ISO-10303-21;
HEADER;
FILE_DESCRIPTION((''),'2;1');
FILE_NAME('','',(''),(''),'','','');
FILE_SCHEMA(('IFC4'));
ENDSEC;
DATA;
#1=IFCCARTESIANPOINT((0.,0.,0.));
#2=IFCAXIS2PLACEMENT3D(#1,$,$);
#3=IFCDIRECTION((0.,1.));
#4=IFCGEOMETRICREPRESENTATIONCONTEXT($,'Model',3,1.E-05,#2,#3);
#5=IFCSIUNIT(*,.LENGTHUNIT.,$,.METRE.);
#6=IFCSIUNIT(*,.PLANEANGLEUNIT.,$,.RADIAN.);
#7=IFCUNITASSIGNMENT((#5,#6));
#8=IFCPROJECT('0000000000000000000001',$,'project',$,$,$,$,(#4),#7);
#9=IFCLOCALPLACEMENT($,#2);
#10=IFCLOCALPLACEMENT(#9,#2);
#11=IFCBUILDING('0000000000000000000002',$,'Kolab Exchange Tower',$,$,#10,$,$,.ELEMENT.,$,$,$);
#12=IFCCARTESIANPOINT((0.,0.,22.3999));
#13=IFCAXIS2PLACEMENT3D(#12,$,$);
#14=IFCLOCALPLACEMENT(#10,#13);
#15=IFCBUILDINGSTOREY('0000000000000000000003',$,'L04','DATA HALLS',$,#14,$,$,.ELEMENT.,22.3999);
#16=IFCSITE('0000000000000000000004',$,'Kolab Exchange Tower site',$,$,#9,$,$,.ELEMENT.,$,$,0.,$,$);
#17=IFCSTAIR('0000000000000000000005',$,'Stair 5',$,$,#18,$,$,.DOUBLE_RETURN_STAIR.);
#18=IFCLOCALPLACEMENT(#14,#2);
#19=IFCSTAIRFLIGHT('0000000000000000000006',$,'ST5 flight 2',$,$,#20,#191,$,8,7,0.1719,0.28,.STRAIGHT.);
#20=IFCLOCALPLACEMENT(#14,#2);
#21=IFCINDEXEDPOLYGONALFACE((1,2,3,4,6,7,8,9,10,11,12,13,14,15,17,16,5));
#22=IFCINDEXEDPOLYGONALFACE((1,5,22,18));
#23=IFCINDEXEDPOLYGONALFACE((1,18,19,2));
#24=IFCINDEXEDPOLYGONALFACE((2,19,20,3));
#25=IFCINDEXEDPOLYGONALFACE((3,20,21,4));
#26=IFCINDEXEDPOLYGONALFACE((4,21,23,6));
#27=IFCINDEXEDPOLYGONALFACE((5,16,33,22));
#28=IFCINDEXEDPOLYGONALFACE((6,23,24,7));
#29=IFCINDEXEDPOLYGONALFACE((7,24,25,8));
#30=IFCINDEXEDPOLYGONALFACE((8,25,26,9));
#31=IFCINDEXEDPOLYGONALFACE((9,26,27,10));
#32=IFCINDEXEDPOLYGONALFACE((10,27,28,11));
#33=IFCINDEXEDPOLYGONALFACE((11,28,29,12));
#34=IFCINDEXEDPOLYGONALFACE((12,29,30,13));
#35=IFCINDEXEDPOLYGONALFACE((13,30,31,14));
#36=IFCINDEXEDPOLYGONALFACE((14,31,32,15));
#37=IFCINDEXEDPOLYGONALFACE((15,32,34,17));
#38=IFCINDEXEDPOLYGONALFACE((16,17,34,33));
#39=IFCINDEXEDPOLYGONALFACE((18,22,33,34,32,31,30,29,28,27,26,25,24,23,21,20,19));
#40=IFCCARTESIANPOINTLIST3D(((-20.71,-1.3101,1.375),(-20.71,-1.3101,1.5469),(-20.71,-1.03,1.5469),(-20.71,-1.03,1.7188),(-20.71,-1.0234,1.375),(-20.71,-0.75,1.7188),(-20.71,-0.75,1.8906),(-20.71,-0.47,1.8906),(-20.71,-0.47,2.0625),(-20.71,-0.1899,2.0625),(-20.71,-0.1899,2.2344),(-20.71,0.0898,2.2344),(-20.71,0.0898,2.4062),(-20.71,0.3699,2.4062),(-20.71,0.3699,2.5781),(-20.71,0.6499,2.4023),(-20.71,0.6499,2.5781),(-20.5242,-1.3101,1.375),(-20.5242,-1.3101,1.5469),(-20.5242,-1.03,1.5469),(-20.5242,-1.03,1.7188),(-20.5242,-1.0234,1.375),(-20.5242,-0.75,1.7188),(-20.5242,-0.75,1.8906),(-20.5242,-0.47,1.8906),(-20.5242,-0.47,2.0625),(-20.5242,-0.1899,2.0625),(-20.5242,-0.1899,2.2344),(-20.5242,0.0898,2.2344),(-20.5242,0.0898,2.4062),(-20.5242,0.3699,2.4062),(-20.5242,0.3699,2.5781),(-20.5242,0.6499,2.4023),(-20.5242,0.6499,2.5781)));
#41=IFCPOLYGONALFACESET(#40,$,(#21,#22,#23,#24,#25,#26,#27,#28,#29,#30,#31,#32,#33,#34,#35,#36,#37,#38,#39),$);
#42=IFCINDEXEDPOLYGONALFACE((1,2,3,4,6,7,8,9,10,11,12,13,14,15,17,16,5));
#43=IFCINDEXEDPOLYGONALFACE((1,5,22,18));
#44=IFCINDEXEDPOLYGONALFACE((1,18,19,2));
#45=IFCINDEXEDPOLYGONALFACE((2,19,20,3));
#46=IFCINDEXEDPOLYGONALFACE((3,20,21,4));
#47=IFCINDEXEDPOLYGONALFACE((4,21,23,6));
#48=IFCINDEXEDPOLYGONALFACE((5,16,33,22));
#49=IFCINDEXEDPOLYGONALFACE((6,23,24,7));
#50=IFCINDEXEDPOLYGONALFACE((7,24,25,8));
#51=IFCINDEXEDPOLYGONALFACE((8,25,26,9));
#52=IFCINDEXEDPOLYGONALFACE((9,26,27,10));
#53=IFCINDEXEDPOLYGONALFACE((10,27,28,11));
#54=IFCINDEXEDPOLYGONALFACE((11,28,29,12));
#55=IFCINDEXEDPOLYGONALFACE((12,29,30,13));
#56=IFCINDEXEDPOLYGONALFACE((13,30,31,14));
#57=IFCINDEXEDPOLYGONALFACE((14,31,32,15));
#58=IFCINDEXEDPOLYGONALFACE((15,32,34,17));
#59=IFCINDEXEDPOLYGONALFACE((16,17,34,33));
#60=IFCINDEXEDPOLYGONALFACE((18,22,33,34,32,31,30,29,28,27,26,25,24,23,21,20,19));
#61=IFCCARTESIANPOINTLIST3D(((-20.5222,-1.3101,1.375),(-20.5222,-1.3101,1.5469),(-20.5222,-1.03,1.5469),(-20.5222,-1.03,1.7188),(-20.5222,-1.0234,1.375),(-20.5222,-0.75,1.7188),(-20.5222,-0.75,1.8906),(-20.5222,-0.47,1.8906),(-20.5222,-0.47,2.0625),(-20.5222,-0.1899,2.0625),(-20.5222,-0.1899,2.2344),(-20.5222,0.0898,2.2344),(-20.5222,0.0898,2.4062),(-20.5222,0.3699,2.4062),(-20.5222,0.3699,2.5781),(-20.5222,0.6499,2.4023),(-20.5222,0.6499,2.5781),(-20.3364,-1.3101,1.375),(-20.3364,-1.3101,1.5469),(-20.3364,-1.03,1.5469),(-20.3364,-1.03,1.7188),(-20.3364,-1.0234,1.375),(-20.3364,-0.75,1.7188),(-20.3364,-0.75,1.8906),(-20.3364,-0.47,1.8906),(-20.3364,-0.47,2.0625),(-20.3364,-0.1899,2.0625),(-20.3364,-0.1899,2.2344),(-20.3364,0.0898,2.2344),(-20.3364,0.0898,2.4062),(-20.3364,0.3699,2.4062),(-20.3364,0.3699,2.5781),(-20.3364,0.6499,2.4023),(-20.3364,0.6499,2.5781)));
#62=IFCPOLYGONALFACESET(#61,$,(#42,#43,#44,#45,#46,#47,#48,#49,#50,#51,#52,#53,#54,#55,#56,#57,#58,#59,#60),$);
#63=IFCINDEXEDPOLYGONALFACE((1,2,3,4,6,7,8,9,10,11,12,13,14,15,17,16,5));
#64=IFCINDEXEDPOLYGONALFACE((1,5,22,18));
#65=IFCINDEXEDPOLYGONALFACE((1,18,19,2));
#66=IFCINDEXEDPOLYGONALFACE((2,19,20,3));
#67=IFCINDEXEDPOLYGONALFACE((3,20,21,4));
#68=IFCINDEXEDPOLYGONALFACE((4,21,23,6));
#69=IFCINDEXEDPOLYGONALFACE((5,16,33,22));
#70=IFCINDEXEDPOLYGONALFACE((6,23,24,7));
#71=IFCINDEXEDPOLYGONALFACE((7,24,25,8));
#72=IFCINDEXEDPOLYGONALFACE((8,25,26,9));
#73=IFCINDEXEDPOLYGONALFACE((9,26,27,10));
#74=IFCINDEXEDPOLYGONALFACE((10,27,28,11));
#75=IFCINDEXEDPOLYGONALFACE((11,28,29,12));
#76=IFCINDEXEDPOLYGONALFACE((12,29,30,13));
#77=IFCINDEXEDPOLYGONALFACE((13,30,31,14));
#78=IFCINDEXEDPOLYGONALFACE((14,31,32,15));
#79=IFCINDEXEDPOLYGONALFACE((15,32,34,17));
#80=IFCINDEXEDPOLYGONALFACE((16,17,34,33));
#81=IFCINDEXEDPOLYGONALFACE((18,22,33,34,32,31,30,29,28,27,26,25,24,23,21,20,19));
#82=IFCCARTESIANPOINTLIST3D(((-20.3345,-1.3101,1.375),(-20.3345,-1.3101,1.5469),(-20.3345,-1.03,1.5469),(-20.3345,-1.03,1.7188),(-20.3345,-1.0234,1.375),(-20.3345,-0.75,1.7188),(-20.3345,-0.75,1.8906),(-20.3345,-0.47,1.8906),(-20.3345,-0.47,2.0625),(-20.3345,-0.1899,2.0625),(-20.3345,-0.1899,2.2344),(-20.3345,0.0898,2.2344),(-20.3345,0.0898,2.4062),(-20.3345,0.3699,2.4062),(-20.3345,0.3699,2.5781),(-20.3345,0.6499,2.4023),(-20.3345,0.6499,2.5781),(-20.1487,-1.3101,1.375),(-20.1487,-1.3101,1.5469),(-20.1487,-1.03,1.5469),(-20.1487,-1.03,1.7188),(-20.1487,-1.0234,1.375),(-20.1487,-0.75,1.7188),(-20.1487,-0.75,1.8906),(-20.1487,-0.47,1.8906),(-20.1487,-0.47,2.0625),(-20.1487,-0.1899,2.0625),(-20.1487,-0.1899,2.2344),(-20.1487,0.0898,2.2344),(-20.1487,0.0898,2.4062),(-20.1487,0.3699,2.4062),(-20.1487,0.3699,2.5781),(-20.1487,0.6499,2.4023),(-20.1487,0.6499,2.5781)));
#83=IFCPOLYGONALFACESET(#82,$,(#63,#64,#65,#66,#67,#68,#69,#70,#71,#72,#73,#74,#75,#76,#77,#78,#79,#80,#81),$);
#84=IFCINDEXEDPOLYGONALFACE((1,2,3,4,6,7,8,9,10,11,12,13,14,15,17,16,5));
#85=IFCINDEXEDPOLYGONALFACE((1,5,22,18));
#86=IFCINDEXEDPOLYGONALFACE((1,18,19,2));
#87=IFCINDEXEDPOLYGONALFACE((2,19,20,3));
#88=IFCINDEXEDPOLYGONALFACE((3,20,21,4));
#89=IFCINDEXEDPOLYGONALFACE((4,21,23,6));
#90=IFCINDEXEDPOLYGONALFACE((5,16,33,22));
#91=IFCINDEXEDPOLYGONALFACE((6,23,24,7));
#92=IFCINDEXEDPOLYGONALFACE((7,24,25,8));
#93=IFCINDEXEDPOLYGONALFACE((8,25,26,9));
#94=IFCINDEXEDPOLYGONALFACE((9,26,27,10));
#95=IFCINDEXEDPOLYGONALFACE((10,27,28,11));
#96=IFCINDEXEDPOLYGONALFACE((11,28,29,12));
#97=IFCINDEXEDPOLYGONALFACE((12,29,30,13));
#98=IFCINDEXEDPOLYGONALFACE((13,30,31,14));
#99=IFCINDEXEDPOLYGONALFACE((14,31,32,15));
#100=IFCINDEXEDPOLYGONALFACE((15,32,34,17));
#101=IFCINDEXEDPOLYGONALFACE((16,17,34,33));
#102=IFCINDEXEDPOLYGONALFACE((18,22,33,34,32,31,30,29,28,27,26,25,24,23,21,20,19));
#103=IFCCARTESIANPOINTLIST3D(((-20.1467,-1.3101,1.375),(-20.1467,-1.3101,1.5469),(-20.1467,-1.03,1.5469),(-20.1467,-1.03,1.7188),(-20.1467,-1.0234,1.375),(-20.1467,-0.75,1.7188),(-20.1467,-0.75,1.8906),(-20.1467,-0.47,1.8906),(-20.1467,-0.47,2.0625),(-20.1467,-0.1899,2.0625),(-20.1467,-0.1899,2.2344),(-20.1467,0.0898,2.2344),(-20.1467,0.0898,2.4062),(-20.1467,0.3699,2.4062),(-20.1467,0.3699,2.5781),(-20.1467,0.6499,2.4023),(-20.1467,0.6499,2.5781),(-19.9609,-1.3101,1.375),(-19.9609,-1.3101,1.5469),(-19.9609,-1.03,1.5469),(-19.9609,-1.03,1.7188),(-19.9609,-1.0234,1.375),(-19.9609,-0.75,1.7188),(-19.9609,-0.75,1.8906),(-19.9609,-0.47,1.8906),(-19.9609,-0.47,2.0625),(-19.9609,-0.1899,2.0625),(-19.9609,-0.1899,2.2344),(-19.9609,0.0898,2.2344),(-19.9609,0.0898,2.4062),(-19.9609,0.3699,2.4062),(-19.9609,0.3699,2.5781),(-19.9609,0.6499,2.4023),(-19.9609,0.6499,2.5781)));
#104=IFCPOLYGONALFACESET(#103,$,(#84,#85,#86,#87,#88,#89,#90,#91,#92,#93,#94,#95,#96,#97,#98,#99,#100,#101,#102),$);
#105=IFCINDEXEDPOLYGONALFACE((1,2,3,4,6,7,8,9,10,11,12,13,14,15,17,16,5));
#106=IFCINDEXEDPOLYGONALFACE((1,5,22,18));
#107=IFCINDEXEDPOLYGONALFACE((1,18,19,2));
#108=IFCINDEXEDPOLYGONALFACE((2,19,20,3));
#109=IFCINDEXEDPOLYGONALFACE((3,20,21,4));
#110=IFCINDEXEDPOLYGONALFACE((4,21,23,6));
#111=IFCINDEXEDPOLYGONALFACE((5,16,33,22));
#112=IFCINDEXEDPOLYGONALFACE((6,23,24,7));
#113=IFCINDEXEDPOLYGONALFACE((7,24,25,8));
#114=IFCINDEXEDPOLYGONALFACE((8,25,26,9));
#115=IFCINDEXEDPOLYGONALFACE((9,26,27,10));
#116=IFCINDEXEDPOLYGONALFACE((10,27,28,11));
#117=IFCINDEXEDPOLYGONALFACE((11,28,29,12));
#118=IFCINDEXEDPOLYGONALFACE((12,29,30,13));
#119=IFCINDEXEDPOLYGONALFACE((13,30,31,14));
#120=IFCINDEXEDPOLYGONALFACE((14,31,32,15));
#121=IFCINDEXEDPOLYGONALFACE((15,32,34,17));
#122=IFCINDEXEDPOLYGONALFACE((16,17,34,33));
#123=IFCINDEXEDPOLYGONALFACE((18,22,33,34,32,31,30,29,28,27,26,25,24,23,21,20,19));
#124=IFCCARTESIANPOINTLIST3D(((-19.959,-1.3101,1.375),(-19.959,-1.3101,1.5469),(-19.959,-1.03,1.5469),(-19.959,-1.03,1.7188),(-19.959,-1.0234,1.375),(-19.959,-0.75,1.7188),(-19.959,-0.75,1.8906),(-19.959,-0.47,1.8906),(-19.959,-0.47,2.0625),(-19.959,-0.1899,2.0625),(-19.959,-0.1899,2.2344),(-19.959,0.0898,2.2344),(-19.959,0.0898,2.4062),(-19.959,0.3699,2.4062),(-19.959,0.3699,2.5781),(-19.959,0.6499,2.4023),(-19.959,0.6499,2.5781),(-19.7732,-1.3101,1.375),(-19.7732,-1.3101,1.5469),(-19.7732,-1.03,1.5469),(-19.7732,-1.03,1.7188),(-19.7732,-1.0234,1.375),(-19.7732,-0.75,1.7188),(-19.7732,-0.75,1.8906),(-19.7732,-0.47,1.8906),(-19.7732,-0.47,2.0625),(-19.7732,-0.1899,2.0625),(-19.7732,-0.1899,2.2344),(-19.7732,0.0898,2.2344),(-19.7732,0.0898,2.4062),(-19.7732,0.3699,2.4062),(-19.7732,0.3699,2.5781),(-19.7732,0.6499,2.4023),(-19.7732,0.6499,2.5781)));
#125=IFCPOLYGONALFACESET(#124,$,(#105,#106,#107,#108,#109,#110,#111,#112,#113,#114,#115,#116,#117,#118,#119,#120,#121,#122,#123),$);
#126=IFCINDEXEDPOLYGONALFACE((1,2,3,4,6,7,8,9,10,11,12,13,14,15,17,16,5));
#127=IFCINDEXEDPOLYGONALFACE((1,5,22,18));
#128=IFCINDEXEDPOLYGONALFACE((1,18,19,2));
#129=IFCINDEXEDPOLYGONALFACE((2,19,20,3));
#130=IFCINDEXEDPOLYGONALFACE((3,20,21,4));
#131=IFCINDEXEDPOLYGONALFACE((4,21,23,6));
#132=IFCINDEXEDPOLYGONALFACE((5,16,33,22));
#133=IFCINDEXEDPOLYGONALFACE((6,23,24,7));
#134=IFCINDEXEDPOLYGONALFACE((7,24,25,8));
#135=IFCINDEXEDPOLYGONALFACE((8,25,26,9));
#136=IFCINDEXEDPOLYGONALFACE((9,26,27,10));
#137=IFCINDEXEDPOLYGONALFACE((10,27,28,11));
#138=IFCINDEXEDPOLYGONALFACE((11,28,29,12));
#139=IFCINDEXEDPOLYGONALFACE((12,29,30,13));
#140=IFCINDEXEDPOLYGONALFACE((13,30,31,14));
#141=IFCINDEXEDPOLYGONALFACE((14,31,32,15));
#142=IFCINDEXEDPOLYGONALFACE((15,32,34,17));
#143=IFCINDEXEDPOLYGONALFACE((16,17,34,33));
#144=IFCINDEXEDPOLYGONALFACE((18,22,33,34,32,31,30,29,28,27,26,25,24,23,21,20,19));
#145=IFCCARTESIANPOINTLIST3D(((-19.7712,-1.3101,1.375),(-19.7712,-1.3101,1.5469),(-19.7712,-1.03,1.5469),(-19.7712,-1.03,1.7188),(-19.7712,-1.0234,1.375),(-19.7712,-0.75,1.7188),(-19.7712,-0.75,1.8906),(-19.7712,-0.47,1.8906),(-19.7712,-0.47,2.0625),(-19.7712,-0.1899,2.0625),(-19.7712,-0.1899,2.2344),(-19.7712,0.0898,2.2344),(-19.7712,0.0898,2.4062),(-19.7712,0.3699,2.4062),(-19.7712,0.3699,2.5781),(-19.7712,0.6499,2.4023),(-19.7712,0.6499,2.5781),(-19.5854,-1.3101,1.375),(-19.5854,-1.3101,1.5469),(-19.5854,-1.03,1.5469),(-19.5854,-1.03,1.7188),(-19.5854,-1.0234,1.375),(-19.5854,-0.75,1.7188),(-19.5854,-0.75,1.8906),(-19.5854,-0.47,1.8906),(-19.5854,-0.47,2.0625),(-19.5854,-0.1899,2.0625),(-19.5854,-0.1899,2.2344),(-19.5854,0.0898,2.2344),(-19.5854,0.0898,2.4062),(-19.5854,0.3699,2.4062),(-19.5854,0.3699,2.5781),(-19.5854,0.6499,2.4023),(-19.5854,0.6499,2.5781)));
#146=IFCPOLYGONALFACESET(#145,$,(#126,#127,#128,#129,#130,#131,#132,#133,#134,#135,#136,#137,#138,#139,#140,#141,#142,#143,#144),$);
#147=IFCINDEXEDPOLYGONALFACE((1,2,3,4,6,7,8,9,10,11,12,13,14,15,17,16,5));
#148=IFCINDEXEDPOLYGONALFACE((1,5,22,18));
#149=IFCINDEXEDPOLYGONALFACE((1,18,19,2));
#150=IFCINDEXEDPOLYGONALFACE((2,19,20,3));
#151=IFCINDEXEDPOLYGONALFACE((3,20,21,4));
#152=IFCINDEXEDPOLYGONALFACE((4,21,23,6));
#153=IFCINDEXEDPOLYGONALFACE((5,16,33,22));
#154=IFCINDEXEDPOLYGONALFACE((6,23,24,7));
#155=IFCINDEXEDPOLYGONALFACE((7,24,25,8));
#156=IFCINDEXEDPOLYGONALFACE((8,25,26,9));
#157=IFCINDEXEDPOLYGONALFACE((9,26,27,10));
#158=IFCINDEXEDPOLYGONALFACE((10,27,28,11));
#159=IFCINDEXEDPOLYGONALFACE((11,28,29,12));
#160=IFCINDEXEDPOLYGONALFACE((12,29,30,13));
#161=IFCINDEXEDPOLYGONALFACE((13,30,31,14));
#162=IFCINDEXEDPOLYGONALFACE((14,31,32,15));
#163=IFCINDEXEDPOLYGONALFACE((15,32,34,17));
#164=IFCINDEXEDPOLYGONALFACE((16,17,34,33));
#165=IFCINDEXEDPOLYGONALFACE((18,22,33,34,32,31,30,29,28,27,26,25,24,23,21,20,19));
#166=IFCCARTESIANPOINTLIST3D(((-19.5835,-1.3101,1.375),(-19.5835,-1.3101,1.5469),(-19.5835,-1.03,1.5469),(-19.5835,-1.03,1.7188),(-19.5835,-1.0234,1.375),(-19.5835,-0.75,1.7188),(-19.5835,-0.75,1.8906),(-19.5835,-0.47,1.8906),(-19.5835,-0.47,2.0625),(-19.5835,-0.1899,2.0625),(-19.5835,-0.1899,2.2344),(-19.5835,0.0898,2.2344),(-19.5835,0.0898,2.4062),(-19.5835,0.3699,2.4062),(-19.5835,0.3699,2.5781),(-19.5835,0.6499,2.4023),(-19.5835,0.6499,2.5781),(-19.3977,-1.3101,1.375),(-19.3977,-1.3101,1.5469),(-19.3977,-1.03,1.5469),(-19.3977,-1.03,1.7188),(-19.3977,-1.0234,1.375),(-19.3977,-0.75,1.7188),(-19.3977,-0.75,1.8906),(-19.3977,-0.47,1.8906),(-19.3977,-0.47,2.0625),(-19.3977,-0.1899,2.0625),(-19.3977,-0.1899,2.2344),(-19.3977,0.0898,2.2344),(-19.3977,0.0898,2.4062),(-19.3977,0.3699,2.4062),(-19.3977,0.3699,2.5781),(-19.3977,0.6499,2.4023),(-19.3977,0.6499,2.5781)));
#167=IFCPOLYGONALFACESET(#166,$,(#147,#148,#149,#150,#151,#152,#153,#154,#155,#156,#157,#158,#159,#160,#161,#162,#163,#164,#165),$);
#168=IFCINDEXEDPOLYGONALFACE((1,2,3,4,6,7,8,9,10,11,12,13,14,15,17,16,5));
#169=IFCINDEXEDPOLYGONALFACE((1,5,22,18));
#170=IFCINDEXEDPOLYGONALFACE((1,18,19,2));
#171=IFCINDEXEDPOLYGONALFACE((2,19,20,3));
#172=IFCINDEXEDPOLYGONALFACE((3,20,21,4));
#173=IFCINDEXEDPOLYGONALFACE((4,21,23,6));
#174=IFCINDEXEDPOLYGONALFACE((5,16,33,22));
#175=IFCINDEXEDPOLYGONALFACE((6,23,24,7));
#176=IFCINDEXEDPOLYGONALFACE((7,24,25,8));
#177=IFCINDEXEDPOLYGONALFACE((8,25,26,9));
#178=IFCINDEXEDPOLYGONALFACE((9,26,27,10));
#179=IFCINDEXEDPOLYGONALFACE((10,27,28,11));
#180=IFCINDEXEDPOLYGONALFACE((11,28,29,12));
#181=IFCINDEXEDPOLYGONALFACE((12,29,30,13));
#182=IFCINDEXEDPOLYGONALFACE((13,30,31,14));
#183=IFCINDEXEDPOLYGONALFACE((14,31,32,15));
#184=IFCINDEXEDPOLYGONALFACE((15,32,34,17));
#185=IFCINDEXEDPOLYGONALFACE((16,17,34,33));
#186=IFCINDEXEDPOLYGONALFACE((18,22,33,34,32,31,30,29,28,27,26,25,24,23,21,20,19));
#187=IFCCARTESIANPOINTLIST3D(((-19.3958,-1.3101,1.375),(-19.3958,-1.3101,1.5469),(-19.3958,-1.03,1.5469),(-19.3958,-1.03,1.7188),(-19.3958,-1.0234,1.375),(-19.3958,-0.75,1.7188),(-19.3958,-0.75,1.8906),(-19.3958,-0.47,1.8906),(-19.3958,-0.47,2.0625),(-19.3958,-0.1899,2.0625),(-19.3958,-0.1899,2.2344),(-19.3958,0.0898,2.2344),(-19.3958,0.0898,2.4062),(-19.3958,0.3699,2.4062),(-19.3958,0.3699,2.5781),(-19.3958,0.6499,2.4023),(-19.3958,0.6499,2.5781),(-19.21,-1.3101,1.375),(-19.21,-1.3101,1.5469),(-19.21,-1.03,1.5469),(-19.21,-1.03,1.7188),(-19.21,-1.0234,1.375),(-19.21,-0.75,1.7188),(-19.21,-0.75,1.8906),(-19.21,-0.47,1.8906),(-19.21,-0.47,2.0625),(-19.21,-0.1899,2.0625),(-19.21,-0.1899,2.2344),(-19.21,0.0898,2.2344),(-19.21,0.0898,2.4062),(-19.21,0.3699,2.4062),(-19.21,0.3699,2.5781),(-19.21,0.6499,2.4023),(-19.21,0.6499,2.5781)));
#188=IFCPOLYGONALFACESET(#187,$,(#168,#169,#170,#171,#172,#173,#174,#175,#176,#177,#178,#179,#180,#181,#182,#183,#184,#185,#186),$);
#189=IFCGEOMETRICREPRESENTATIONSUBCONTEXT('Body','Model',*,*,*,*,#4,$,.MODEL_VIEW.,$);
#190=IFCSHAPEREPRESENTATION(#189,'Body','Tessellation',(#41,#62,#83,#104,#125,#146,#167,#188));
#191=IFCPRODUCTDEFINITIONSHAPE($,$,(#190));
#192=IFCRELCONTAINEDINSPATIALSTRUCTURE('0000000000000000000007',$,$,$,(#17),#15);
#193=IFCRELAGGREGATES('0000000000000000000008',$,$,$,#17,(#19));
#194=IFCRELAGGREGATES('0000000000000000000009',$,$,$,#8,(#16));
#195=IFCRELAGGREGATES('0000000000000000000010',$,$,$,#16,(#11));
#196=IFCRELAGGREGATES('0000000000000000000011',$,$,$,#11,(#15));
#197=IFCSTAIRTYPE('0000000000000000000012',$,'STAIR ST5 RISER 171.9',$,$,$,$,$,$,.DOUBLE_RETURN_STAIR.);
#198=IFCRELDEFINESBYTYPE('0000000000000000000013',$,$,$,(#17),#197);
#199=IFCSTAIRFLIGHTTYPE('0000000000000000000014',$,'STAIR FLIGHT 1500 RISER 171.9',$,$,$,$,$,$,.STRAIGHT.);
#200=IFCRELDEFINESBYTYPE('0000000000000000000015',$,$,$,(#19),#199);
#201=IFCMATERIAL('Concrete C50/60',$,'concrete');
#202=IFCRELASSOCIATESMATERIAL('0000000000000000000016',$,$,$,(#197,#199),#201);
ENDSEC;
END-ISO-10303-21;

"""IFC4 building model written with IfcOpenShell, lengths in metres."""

from ifc_helpers import new_model, si_unit, direction, frame, origin, place, context, subcontext, project, spatial, polyline, outline, extrude, material, type_object, element, aggregate, save


model = new_model("IFC4")

# Units and contexts
model_context = context("Model", 3, precision=1e-05, world=origin(), true_north=direction((0.0, 1.0)))
body_context = subcontext(model_context, "Body", "Model", "MODEL_VIEW")
ifc_project = project(units=[si_unit("LENGTHUNIT", "METRE"), si_unit("PLANEANGLEUNIT", "RADIAN")], contexts=[model_context])

# Site, building, storey
site_placement = place(None, origin())
site = spatial("IfcSite", under=ifc_project, at=site_placement, Name="Kolab Exchange Tower site", CompositionType="ELEMENT", RefElevation=0.0)
building_placement = place(site_placement, origin())
building = spatial("IfcBuilding", under=site, at=building_placement, Name="Kolab Exchange Tower", CompositionType="ELEMENT")
storey_placement = place(building_placement, frame((0.0, 0.0, 22.3999)))
storey = spatial("IfcBuildingStorey", under=building, at=storey_placement, Name="L04", Description="DATA HALLS", CompositionType="ELEMENT", Elevation=22.3999)

# Shared definitions
ifc_material_1 = material(Name="Concrete C50/60", Category="concrete")

# Stair, stair flight
stair_type = type_object("IfcStairType", Name="STAIR ST5 RISER 171.9", PredefinedType="DOUBLE_RETURN_STAIR", material=ifc_material_1)
stair_placement = place(storey_placement, origin())
stair = element("IfcStair", 1, at=stair_placement, inside=storey, type_object=stair_type, Name="Stair 5", PredefinedType="DOUBLE_RETURN_STAIR")
stair_flight_type = type_object("IfcStairFlightType", Name="STAIR FLIGHT 1500 RISER 171.9", PredefinedType="STRAIGHT", material=ifc_material_1)
stair_flight_1_placement = place(storey_placement, frame((-19.96, -1.3101, 1.375), z_axis=(0.0, 0.0, 1.0), x_axis=(0.0, 1.0, 0.0)))
stair_flight_1 = element("IfcStairFlight", 2, at=stair_flight_1_placement, type_object=stair_flight_type, Name="ST5 flight 2", NumberOfRisers=8, NumberOfTreads=7, PredefinedType="STRAIGHT", RiserHeight=0.1719, TreadLength=0.28, context=body_context, shape_type="SweptSolid", body=[
    extrude(outline(polyline([(0.0, 0.0), (0.0, 0.1719), (0.28, 0.1719), (0.28, 0.3438), (0.5601, 0.3438), (0.5601, 0.5156), (0.8401, 0.5156), (0.8401, 0.6875), (1.1201, 0.6875), (1.1201, 0.8594), (1.3999, 0.8594), (1.3999, 1.0312), (1.6799, 1.0312), (1.6799, 1.2031), (1.96, 1.2031), (1.96, 1.375), (1.96, 1.0273), (0.2866, 0.0), (0.0, 0.0)])), frame((0.0, 0.75, 0.0), z_axis=(0.0, -1.0, 0.0), x_axis=(1.0, 0.0, 0.0)), (0.0, 0.0, 1.0), 0.1858),
    extrude(outline(polyline([(0.0, 0.0), (0.0, 0.1719), (0.28, 0.1719), (0.28, 0.3438), (0.5601, 0.3438), (0.5601, 0.5156), (0.8401, 0.5156), (0.8401, 0.6875), (1.1201, 0.6875), (1.1201, 0.8594), (1.3999, 0.8594), (1.3999, 1.0312), (1.6799, 1.0312), (1.6799, 1.2031), (1.96, 1.2031), (1.96, 1.375), (1.96, 1.0273), (0.2866, 0.0), (0.0, 0.0)])), frame((0.0, 0.5623, 0.0), z_axis=(0.0, -1.0, 0.0), x_axis=(1.0, 0.0, 0.0)), (0.0, 0.0, 1.0), 0.1858),
    extrude(outline(polyline([(0.0, 0.0), (0.0, 0.1719), (0.28, 0.1719), (0.28, 0.3438), (0.5601, 0.3438), (0.5601, 0.5156), (0.8401, 0.5156), (0.8401, 0.6875), (1.1201, 0.6875), (1.1201, 0.8594), (1.3999, 0.8594), (1.3999, 1.0312), (1.6799, 1.0312), (1.6799, 1.2031), (1.96, 1.2031), (1.96, 1.375), (1.96, 1.0273), (0.2866, 0.0), (0.0, 0.0)])), frame((0.0, 0.3745, 0.0), z_axis=(0.0, -1.0, 0.0), x_axis=(1.0, 0.0, 0.0)), (0.0, 0.0, 1.0), 0.1858),
    extrude(outline(polyline([(0.0, 0.0), (0.0, 0.1719), (0.28, 0.1719), (0.28, 0.3438), (0.5601, 0.3438), (0.5601, 0.5156), (0.8401, 0.5156), (0.8401, 0.6875), (1.1201, 0.6875), (1.1201, 0.8594), (1.3999, 0.8594), (1.3999, 1.0312), (1.6799, 1.0312), (1.6799, 1.2031), (1.96, 1.2031), (1.96, 1.375), (1.96, 1.0273), (0.2866, 0.0), (0.0, 0.0)])), frame((0.0, 0.1868, 0.0), z_axis=(0.0, -1.0, 0.0), x_axis=(1.0, 0.0, 0.0)), (0.0, 0.0, 1.0), 0.1858),
    extrude(outline(polyline([(0.0, 0.0), (0.0, 0.1719), (0.28, 0.1719), (0.28, 0.3438), (0.5601, 0.3438), (0.5601, 0.5156), (0.8401, 0.5156), (0.8401, 0.6875), (1.1201, 0.6875), (1.1201, 0.8594), (1.3999, 0.8594), (1.3999, 1.0312), (1.6799, 1.0312), (1.6799, 1.2031), (1.96, 1.2031), (1.96, 1.375), (1.96, 1.0273), (0.2866, 0.0), (0.0, 0.0)])), frame((0.0, -0.001, 0.0), z_axis=(0.0, -1.0, 0.0), x_axis=(1.0, 0.0, 0.0)), (0.0, 0.0, 1.0), 0.1858),
    extrude(outline(polyline([(0.0, 0.0), (0.0, 0.1719), (0.28, 0.1719), (0.28, 0.3438), (0.5601, 0.3438), (0.5601, 0.5156), (0.8401, 0.5156), (0.8401, 0.6875), (1.1201, 0.6875), (1.1201, 0.8594), (1.3999, 0.8594), (1.3999, 1.0312), (1.6799, 1.0312), (1.6799, 1.2031), (1.96, 1.2031), (1.96, 1.375), (1.96, 1.0273), (0.2866, 0.0), (0.0, 0.0)])), frame((0.0, -0.1887, 0.0), z_axis=(0.0, -1.0, 0.0), x_axis=(1.0, 0.0, 0.0)), (0.0, 0.0, 1.0), 0.1858),
    extrude(outline(polyline([(0.0, 0.0), (0.0, 0.1719), (0.28, 0.1719), (0.28, 0.3438), (0.5601, 0.3438), (0.5601, 0.5156), (0.8401, 0.5156), (0.8401, 0.6875), (1.1201, 0.6875), (1.1201, 0.8594), (1.3999, 0.8594), (1.3999, 1.0312), (1.6799, 1.0312), (1.6799, 1.2031), (1.96, 1.2031), (1.96, 1.375), (1.96, 1.0273), (0.2866, 0.0), (0.0, 0.0)])), frame((0.0, -0.3765, 0.0), z_axis=(0.0, -1.0, 0.0), x_axis=(1.0, 0.0, 0.0)), (0.0, 0.0, 1.0), 0.1858),
    extrude(outline(polyline([(0.0, 0.0), (0.0, 0.1719), (0.28, 0.1719), (0.28, 0.3438), (0.5601, 0.3438), (0.5601, 0.5156), (0.8401, 0.5156), (0.8401, 0.6875), (1.1201, 0.6875), (1.1201, 0.8594), (1.3999, 0.8594), (1.3999, 1.0312), (1.6799, 1.0312), (1.6799, 1.2031), (1.96, 1.2031), (1.96, 1.375), (1.96, 1.0273), (0.2866, 0.0), (0.0, 0.0)])), frame((0.0, -0.5642, 0.0), z_axis=(0.0, -1.0, 0.0), x_axis=(1.0, 0.0, 0.0)), (0.0, 0.0, 1.0), 0.1858),
])
aggregate(stair, [stair_flight_1])

save(model, "model.ifc")
